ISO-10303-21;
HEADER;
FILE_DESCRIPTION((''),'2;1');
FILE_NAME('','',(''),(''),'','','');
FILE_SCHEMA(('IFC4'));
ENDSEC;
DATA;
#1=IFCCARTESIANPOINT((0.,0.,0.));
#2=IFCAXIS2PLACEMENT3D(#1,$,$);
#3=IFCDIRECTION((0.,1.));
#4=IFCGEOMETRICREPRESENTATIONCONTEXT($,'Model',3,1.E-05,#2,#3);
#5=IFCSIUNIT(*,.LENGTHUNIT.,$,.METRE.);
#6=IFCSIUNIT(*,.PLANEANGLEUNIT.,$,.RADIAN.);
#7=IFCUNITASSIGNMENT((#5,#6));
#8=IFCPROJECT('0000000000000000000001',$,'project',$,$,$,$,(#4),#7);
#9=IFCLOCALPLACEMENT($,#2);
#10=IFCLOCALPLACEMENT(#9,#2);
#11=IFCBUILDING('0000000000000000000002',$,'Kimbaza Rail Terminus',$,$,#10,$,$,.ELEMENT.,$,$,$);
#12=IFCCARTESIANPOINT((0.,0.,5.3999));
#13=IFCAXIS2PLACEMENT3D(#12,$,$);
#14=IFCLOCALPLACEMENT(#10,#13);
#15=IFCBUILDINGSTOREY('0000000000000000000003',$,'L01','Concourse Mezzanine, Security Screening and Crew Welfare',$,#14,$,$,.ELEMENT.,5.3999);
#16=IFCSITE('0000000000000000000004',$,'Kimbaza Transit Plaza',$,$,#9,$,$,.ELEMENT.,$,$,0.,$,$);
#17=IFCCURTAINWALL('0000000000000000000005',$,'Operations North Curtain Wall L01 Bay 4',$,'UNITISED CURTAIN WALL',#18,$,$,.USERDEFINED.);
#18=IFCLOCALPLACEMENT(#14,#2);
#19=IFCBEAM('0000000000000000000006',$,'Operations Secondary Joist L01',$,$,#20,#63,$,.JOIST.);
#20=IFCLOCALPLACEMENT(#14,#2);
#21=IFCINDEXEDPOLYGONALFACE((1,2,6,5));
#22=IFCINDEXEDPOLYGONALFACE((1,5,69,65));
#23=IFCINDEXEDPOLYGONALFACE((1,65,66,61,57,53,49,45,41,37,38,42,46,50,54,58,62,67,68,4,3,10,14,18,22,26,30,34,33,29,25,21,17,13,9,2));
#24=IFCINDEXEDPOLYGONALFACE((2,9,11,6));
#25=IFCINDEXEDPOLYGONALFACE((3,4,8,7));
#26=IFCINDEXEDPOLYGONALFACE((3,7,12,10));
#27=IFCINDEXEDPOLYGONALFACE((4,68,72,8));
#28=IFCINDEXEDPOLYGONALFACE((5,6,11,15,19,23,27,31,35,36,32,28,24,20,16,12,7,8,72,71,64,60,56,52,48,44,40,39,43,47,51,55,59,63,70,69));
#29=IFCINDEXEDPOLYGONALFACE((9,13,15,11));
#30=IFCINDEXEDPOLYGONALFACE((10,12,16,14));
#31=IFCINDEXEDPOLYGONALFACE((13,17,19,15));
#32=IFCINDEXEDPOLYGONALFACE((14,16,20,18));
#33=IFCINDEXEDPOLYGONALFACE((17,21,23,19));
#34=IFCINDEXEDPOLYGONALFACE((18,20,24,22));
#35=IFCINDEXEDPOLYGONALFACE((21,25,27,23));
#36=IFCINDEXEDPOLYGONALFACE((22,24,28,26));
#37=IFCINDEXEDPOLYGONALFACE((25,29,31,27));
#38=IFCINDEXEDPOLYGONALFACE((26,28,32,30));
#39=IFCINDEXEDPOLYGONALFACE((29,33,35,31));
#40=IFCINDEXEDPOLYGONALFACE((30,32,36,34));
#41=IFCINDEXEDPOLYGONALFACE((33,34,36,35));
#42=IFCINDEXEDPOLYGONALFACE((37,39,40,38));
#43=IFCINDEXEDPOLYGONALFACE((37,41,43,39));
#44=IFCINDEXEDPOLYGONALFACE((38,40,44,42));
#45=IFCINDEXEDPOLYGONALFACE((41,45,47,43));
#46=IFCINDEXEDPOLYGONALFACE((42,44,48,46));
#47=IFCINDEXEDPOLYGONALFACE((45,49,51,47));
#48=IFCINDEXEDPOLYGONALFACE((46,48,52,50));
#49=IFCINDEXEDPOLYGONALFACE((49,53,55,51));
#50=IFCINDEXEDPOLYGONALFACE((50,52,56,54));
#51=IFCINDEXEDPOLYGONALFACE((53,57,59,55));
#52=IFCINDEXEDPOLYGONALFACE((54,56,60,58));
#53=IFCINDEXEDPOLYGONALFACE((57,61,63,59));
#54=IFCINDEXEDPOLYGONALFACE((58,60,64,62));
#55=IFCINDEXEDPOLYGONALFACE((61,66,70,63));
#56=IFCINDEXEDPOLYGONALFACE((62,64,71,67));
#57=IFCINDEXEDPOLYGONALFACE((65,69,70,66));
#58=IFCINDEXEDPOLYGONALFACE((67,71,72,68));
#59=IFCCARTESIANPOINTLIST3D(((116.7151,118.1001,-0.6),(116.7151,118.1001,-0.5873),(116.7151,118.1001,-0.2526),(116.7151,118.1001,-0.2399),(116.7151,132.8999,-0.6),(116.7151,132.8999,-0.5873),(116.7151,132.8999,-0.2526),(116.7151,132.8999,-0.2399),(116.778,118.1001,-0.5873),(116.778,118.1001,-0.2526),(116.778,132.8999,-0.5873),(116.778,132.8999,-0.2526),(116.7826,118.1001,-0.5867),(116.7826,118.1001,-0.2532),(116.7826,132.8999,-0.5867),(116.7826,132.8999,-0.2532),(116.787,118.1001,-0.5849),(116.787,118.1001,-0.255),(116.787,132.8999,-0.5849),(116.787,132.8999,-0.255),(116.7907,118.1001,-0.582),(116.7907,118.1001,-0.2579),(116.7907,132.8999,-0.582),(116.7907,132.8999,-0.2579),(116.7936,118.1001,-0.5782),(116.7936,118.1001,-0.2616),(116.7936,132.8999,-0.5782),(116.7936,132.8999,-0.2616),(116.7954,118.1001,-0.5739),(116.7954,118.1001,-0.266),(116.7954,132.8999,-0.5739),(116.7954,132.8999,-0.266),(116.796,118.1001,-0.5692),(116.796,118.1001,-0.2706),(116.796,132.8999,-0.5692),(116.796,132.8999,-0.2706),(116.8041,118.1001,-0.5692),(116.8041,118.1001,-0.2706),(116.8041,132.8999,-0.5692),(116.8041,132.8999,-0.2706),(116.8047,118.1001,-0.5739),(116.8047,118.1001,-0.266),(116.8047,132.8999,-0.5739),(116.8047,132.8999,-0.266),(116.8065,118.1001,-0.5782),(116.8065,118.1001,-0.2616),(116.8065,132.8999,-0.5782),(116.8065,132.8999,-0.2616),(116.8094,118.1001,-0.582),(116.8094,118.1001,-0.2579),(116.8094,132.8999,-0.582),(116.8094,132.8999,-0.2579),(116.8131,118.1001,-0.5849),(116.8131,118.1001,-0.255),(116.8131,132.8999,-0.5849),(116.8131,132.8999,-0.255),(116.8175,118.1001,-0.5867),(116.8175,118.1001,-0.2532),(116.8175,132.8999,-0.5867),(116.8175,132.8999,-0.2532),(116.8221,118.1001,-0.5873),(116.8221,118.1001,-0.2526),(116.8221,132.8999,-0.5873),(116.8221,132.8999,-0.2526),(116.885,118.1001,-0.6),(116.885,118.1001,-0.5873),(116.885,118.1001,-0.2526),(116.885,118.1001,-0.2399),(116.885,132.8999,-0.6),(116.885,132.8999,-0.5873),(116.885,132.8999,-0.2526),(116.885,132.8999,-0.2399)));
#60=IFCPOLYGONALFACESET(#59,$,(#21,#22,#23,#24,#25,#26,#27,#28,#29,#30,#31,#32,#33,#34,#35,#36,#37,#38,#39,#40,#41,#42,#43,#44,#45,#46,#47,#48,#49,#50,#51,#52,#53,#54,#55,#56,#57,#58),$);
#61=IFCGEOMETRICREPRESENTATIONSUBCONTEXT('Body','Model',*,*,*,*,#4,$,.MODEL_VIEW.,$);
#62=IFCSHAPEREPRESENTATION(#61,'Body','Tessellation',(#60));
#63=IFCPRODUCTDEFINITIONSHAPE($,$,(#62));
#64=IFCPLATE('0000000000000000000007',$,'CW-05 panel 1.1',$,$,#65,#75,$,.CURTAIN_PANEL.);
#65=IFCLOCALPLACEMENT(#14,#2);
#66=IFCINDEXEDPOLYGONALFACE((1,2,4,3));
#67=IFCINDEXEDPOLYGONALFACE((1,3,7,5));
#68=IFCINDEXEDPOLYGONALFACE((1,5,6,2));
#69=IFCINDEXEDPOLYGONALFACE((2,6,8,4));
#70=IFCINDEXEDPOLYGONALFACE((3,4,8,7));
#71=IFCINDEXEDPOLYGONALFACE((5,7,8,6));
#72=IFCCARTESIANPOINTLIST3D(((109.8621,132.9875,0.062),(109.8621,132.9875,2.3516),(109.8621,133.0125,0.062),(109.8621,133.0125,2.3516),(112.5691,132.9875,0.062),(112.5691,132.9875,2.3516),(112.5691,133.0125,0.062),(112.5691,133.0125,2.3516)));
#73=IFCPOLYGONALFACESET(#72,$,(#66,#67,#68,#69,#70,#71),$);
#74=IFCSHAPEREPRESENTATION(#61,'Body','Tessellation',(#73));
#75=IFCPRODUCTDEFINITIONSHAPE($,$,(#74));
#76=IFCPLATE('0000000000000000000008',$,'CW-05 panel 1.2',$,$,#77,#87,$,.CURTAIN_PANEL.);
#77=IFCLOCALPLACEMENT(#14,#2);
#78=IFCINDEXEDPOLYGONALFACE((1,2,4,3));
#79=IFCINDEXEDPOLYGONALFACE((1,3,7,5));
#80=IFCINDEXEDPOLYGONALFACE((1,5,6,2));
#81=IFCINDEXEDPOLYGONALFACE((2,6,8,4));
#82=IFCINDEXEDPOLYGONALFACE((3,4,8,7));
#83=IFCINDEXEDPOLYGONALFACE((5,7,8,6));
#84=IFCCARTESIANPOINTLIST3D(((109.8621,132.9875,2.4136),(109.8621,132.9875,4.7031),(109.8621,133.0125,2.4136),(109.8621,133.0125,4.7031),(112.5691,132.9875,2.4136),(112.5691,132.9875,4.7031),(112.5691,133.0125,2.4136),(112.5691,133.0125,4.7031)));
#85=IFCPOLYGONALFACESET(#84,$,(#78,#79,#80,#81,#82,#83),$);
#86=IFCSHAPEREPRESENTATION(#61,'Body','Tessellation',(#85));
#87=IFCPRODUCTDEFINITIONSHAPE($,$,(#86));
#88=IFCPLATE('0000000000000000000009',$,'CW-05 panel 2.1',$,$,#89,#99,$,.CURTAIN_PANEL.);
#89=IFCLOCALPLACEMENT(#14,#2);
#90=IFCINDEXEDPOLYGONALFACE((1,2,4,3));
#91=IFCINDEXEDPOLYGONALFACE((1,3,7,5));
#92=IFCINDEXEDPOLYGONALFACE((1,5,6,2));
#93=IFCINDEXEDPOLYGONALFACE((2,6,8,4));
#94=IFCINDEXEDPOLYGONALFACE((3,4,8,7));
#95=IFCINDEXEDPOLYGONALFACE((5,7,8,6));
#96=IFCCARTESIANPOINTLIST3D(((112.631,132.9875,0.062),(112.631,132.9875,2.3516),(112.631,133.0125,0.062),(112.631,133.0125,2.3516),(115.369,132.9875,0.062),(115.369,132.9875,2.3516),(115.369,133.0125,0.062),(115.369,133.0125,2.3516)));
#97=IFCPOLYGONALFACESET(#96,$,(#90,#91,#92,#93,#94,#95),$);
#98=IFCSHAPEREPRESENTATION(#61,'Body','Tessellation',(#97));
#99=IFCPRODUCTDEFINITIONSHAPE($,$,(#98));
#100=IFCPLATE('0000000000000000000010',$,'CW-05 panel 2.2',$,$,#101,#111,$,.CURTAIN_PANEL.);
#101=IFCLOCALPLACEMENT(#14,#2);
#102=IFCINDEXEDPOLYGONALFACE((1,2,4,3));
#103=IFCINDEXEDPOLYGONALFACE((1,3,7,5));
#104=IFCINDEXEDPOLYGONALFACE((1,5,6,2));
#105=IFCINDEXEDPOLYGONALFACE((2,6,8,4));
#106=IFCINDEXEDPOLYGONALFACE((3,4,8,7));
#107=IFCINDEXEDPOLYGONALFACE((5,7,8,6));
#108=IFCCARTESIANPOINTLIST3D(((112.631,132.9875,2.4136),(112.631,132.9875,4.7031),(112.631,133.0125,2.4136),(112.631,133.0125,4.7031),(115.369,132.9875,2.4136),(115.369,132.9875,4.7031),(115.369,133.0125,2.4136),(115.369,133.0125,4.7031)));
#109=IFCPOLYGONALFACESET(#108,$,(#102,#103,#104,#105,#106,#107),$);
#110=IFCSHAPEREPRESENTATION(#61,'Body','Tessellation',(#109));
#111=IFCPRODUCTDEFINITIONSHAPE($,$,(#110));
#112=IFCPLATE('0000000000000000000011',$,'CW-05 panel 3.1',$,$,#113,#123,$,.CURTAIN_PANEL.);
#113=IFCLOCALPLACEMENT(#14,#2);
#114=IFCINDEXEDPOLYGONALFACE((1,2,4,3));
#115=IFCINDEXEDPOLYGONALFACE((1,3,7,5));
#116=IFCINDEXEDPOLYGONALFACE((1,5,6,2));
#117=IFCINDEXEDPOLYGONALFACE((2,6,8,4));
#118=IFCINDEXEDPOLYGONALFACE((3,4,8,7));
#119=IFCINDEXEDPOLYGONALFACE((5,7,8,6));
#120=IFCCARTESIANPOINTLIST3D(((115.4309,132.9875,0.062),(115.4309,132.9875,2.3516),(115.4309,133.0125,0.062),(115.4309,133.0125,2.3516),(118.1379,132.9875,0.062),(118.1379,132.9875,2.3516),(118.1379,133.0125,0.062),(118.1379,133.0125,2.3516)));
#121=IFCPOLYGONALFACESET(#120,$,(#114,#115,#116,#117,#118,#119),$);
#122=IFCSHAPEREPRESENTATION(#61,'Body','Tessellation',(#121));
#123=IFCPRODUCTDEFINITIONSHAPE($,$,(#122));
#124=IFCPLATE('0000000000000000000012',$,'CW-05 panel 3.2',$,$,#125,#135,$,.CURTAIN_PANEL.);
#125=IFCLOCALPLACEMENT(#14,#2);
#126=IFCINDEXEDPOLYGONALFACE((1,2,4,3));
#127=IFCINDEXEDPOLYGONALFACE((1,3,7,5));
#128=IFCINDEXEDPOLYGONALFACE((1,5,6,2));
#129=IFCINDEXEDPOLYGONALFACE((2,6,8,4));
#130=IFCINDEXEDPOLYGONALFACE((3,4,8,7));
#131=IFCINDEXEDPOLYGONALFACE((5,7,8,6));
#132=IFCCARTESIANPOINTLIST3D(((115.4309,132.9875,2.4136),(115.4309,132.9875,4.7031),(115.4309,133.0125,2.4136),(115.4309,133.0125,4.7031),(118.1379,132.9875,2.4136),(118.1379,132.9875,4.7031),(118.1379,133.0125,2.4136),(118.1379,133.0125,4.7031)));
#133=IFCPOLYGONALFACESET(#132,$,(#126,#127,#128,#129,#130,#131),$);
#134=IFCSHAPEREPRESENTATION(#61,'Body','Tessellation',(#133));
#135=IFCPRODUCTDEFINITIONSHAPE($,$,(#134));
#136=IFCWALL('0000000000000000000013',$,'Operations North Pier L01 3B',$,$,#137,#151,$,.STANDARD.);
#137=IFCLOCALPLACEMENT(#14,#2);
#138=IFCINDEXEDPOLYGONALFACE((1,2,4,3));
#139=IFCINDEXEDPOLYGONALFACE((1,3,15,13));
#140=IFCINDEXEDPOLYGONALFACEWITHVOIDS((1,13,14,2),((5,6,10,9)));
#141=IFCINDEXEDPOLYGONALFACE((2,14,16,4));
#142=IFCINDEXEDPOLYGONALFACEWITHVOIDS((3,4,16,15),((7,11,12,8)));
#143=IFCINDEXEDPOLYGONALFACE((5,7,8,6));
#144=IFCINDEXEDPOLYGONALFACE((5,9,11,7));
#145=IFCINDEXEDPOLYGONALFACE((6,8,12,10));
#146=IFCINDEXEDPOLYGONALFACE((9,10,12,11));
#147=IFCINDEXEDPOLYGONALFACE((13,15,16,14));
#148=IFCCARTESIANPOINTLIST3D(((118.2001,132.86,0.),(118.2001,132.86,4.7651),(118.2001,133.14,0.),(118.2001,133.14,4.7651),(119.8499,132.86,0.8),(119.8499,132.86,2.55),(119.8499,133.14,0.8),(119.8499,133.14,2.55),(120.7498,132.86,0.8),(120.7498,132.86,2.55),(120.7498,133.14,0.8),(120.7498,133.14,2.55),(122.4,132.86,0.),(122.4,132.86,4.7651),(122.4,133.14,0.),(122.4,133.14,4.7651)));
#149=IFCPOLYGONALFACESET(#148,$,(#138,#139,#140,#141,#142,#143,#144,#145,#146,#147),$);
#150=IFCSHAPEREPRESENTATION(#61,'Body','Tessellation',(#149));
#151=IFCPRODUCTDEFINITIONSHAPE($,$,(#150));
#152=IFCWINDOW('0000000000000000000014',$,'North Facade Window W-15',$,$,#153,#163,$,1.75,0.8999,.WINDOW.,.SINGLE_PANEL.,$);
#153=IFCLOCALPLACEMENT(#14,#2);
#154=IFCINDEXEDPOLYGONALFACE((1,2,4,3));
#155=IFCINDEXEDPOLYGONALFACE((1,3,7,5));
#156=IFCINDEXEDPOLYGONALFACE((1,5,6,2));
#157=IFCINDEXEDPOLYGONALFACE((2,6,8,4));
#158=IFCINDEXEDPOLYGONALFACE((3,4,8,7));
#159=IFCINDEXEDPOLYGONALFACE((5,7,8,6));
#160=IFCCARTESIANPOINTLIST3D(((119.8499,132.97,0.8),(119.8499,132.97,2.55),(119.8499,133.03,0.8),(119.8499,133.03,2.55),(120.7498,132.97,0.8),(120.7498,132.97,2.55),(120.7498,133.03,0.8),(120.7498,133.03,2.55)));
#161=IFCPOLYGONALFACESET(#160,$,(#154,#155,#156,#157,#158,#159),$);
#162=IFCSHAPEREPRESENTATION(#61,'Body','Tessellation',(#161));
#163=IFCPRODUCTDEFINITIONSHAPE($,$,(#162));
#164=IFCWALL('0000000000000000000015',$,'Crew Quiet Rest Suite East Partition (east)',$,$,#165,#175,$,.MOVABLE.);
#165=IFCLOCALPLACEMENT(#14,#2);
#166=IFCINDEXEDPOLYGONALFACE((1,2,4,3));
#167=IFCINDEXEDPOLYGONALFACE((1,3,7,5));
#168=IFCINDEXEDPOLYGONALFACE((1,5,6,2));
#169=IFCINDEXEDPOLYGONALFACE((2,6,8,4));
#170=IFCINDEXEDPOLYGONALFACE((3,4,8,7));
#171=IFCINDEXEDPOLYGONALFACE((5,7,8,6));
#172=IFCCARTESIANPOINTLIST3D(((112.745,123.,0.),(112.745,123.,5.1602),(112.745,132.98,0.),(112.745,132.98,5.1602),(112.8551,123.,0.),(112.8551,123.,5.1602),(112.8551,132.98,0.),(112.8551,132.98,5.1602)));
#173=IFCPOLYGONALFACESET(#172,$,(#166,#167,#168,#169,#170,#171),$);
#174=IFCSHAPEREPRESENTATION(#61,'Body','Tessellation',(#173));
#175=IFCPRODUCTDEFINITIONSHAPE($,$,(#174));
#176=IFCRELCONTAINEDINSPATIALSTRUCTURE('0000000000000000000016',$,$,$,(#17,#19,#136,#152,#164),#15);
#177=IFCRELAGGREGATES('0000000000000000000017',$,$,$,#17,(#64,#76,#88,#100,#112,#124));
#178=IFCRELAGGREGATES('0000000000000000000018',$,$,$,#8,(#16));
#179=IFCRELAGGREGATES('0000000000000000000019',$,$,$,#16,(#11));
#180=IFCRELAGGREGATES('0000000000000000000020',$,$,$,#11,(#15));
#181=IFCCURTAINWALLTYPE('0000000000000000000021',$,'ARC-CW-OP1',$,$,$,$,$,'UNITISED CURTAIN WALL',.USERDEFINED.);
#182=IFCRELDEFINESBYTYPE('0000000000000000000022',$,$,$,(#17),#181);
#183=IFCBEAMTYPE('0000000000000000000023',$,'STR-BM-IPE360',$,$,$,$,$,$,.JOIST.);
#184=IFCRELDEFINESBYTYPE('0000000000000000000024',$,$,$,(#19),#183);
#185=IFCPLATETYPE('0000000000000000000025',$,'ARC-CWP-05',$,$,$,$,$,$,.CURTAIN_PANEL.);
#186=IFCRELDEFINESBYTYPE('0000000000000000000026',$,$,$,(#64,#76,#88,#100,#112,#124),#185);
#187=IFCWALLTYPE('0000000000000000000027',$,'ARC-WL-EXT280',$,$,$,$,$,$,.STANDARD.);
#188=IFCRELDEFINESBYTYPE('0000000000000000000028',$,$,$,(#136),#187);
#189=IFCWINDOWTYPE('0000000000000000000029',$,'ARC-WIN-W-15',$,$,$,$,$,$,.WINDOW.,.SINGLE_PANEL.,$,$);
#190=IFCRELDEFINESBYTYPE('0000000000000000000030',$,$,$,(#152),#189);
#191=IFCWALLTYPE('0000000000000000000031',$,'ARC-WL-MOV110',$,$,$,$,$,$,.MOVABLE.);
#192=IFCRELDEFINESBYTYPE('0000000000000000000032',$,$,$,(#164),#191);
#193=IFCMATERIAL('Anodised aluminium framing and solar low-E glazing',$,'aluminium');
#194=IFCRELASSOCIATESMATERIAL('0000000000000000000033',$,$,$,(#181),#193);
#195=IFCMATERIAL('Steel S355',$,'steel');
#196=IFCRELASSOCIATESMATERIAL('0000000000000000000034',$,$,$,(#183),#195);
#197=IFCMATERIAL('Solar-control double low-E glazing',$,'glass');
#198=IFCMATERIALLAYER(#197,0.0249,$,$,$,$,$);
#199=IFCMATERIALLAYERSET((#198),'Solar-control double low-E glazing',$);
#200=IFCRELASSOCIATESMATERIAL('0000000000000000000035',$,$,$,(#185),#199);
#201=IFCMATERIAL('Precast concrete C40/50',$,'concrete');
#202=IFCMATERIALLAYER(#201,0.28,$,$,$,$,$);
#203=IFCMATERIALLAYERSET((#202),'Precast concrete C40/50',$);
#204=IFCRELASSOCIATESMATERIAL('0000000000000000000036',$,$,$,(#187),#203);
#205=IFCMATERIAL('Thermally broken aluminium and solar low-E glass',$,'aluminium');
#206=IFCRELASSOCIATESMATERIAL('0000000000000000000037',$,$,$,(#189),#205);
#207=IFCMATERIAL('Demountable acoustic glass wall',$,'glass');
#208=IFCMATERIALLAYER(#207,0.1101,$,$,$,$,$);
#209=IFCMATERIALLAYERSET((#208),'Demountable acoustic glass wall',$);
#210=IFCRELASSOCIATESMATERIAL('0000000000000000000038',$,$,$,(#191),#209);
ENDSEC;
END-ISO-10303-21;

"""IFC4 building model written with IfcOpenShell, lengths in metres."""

from ifc_helpers import new_model, si_unit, direction, frame, frame_2d, origin, origin_2d, place, context, subcontext, project, spatial, rectangle, i_section, extrude, material, layer, layer_set, material_profile, profile_set, type_object, element, fill, aggregate, save


model = new_model("IFC4")

# Units and contexts
model_context = context("Model", 3, precision=1e-05, world=origin(), true_north=direction((0.0, 1.0)))
body_context = subcontext(model_context, "Body", "Model", "MODEL_VIEW")
ifc_project = project(units=[si_unit("LENGTHUNIT", "METRE"), si_unit("PLANEANGLEUNIT", "RADIAN")], contexts=[model_context])

# Site, building, storey
site_placement = place(None, origin())
site = spatial("IfcSite", under=ifc_project, at=site_placement, Name="Kimbaza Transit Plaza", CompositionType="ELEMENT", RefElevation=0.0)
building_placement = place(site_placement, origin())
building = spatial("IfcBuilding", under=site, at=building_placement, Name="Kimbaza Rail Terminus", CompositionType="ELEMENT")
storey_placement = place(building_placement, frame((0.0, 0.0, 5.3999)))
storey = spatial("IfcBuildingStorey", under=building, at=storey_placement, Name="L01", Description="Concourse Mezzanine, Security Screening and Crew Welfare", CompositionType="ELEMENT", Elevation=5.3999)

# Curtain wall
ifc_material_1 = material(Name="Anodised aluminium framing and solar low-E glazing", Category="aluminium")
curtain_wall_type = type_object("IfcCurtainWallType", Name="ARC-CW-OP1", ElementType="UNITISED CURTAIN WALL", PredefinedType="USERDEFINED", material=ifc_material_1)
curtain_wall_placement = place(storey_placement, origin())
curtain_wall = element("IfcCurtainWall", 1, at=curtain_wall_placement, inside=storey, type_object=curtain_wall_type, Name="Operations North Curtain Wall L01 Bay 4", ObjectType="UNITISED CURTAIN WALL", PredefinedType="USERDEFINED")

# Beam
ifc_material_2 = material(Name="Steel S355", Category="steel")
ifc_material_profile_1 = material_profile(ifc_material_2, i_section(OverallWidth=0.1699, OverallDepth=0.3601, WebThickness=0.0081, FlangeThickness=0.0127, FilletRadius=0.0181, at=origin_2d()), Name="IPE 360")
ifc_profile_set_1 = profile_set([ifc_material_profile_1], Name="Steel S355")
beam_type_1 = type_object("IfcBeamType", Name="STR-BM-IPE360", PredefinedType="JOIST", material=ifc_profile_set_1)
for number, where, z_axis, x_axis, name in (
    (2, (116.8, 118.1001, -0.4199), (0.0, 1.0, 0.0), (-1.0, 0.0, 0.0), "Operations Secondary Joist L01"),
):
    element("IfcBeam", number, at=place(storey_placement, frame(where, z_axis=z_axis, x_axis=x_axis)), inside=storey, type_object=beam_type_1, Name=name, PredefinedType="JOIST", context=body_context, shape_type="SweptSolid", body=[
        extrude(i_section(OverallWidth=0.1699, OverallDepth=0.3601, WebThickness=0.0081, FlangeThickness=0.0127, FilletRadius=0.0181, at=origin_2d()), origin(), (0.0, 0.0, 1.0), 14.7998),
    ])

# Plates
ifc_material_3 = material(Name="Solar-control double low-E glazing", Category="glass")
ifc_layer_1 = layer(ifc_material_3, 0.0249)
ifc_layer_set_1 = layer_set([ifc_layer_1], Name="Solar-control double low-E glazing")
plate_type = type_object("IfcPlateType", Name="ARC-CWP-05", PredefinedType="CURTAIN_PANEL", material=ifc_layer_set_1)
plate_1_placement = place(storey_placement, frame((111.2156, 133.0, 0.062), z_axis=(0.0, 0.0, 1.0), x_axis=(1.0, 0.0, 0.0)))
plate_1 = element("IfcPlate", 3, at=plate_1_placement, type_object=plate_type, Name="CW-05 panel 1.1", PredefinedType="CURTAIN_PANEL", context=body_context, shape_type="SweptSolid", body=[
    extrude(rectangle(XDim=2.707, YDim=0.0249, at=origin_2d()), origin(), (0.0, 0.0, 1.0), 2.2896),
])
plate_2_placement = place(storey_placement, frame((111.2156, 133.0, 2.4136), z_axis=(0.0, 0.0, 1.0), x_axis=(1.0, 0.0, 0.0)))
plate_2 = element("IfcPlate", 4, at=plate_2_placement, type_object=plate_type, Name="CW-05 panel 1.2", PredefinedType="CURTAIN_PANEL", context=body_context, shape_type="SweptSolid", body=[
    extrude(rectangle(XDim=2.707, YDim=0.0249, at=origin_2d()), origin(), (0.0, 0.0, 1.0), 2.2896),
])
plate_3_placement = place(storey_placement, frame((114.0, 133.0, 0.062), z_axis=(0.0, 0.0, 1.0), x_axis=(1.0, 0.0, 0.0)))
plate_3 = element("IfcPlate", 5, at=plate_3_placement, type_object=plate_type, Name="CW-05 panel 2.1", PredefinedType="CURTAIN_PANEL", context=body_context, shape_type="SweptSolid", body=[
    extrude(rectangle(XDim=2.738, YDim=0.0249, at=origin_2d()), origin(), (0.0, 0.0, 1.0), 2.2896),
])
plate_4_placement = place(storey_placement, frame((114.0, 133.0, 2.4136), z_axis=(0.0, 0.0, 1.0), x_axis=(1.0, 0.0, 0.0)))
plate_4 = element("IfcPlate", 6, at=plate_4_placement, type_object=plate_type, Name="CW-05 panel 2.2", PredefinedType="CURTAIN_PANEL", context=body_context, shape_type="SweptSolid", body=[
    extrude(rectangle(XDim=2.738, YDim=0.0249, at=origin_2d()), origin(), (0.0, 0.0, 1.0), 2.2896),
])
plate_5_placement = place(storey_placement, frame((116.7844, 133.0, 0.062), z_axis=(0.0, 0.0, 1.0), x_axis=(1.0, 0.0, 0.0)))
plate_5 = element("IfcPlate", 7, at=plate_5_placement, type_object=plate_type, Name="CW-05 panel 3.1", PredefinedType="CURTAIN_PANEL", context=body_context, shape_type="SweptSolid", body=[
    extrude(rectangle(XDim=2.707, YDim=0.0249, at=origin_2d()), origin(), (0.0, 0.0, 1.0), 2.2896),
])
plate_6_placement = place(storey_placement, frame((116.7844, 133.0, 2.4136), z_axis=(0.0, 0.0, 1.0), x_axis=(1.0, 0.0, 0.0)))
plate_6 = element("IfcPlate", 8, at=plate_6_placement, type_object=plate_type, Name="CW-05 panel 3.2", PredefinedType="CURTAIN_PANEL", context=body_context, shape_type="SweptSolid", body=[
    extrude(rectangle(XDim=2.707, YDim=0.0249, at=origin_2d()), origin(), (0.0, 0.0, 1.0), 2.2896),
])
aggregate(curtain_wall, [plate_1, plate_2, plate_3, plate_4, plate_5, plate_6])

# Wall, opening, window
ifc_material_4 = material(Name="Precast concrete C40/50", Category="concrete")
ifc_layer_2 = layer(ifc_material_4, 0.28)
ifc_layer_set_2 = layer_set([ifc_layer_2], Name="Precast concrete C40/50")
wall_type_1 = type_object("IfcWallType", Name="ARC-WL-EXT280", PredefinedType="STANDARD", material=ifc_layer_set_2)
wall_1_placement = place(storey_placement, frame((118.2, 133.0, 0.0), z_axis=(0.0, 0.0, 1.0), x_axis=(1.0, 0.0, 0.0)))
wall_1 = element("IfcWall", 9, at=wall_1_placement, inside=storey, type_object=wall_type_1, Name="Operations North Pier L01 3B", PredefinedType="STANDARD", context=body_context, shape_type="SweptSolid", body=[
    extrude(rectangle(XDim=4.2, YDim=0.28, at=frame_2d((2.1001, 0.0))), origin(), (0.0, 0.0, 1.0), 4.7651),
])
opening_1_placement = place(wall_1_placement, frame((1.6499, 0.0, 0.8)))
opening_1 = element("IfcOpeningElement", 10, at=opening_1_placement, cuts=wall_1, PredefinedType="OPENING", context=body_context, shape_type="SweptSolid", body=[
    extrude(rectangle(XDim=0.8999, YDim=1.75, at=frame_2d((0.45, 0.875))), frame((0.0, 0.1499, 0.0), z_axis=(0.0, -1.0, 0.0), x_axis=(1.0, 0.0, 0.0)), (0.0, 0.0, 1.0), 0.3),
])
ifc_material_5 = material(Name="Thermally broken aluminium and solar low-E glass", Category="aluminium")
window_type = type_object("IfcWindowType", Name="ARC-WIN-W-15", PartitioningType="SINGLE_PANEL", PredefinedType="WINDOW", material=ifc_material_5)
window_placement = place(opening_1_placement, origin())
window = element("IfcWindow", 11, at=window_placement, inside=storey, type_object=window_type, Name="North Facade Window W-15", OverallHeight=1.75, OverallWidth=0.8999, PartitioningType="SINGLE_PANEL", PredefinedType="WINDOW", context=body_context, shape_type="SweptSolid", body=[
    extrude(rectangle(XDim=0.8999, YDim=1.75, at=frame_2d((0.45, 0.875))), frame((0.0, 0.03, 0.0), z_axis=(0.0, -1.0, 0.0), x_axis=(1.0, 0.0, 0.0)), (0.0, 0.0, 1.0), 0.0601),
])
fill(opening_1, window)

# Wall
ifc_material_6 = material(Name="Demountable acoustic glass wall", Category="glass")
ifc_layer_3 = layer(ifc_material_6, 0.1101)
ifc_layer_set_3 = layer_set([ifc_layer_3], Name="Demountable acoustic glass wall")
wall_type_2 = type_object("IfcWallType", Name="ARC-WL-MOV110", PredefinedType="MOVABLE", material=ifc_layer_set_3)
wall_2_placement = place(storey_placement, frame((112.8, 123.0, 0.0), z_axis=(0.0, 0.0, 1.0), x_axis=(0.0, 1.0, 0.0)))
element("IfcWall", 12, at=wall_2_placement, inside=storey, type_object=wall_type_2, Name="Crew Quiet Rest Suite East Partition (east)", PredefinedType="MOVABLE", context=body_context, shape_type="SweptSolid", body=[
    extrude(rectangle(XDim=9.98, YDim=0.1101, at=frame_2d((4.99, 0.0))), origin(), (0.0, 0.0, 1.0), 5.1602),
])

save(model, "model.ifc")
